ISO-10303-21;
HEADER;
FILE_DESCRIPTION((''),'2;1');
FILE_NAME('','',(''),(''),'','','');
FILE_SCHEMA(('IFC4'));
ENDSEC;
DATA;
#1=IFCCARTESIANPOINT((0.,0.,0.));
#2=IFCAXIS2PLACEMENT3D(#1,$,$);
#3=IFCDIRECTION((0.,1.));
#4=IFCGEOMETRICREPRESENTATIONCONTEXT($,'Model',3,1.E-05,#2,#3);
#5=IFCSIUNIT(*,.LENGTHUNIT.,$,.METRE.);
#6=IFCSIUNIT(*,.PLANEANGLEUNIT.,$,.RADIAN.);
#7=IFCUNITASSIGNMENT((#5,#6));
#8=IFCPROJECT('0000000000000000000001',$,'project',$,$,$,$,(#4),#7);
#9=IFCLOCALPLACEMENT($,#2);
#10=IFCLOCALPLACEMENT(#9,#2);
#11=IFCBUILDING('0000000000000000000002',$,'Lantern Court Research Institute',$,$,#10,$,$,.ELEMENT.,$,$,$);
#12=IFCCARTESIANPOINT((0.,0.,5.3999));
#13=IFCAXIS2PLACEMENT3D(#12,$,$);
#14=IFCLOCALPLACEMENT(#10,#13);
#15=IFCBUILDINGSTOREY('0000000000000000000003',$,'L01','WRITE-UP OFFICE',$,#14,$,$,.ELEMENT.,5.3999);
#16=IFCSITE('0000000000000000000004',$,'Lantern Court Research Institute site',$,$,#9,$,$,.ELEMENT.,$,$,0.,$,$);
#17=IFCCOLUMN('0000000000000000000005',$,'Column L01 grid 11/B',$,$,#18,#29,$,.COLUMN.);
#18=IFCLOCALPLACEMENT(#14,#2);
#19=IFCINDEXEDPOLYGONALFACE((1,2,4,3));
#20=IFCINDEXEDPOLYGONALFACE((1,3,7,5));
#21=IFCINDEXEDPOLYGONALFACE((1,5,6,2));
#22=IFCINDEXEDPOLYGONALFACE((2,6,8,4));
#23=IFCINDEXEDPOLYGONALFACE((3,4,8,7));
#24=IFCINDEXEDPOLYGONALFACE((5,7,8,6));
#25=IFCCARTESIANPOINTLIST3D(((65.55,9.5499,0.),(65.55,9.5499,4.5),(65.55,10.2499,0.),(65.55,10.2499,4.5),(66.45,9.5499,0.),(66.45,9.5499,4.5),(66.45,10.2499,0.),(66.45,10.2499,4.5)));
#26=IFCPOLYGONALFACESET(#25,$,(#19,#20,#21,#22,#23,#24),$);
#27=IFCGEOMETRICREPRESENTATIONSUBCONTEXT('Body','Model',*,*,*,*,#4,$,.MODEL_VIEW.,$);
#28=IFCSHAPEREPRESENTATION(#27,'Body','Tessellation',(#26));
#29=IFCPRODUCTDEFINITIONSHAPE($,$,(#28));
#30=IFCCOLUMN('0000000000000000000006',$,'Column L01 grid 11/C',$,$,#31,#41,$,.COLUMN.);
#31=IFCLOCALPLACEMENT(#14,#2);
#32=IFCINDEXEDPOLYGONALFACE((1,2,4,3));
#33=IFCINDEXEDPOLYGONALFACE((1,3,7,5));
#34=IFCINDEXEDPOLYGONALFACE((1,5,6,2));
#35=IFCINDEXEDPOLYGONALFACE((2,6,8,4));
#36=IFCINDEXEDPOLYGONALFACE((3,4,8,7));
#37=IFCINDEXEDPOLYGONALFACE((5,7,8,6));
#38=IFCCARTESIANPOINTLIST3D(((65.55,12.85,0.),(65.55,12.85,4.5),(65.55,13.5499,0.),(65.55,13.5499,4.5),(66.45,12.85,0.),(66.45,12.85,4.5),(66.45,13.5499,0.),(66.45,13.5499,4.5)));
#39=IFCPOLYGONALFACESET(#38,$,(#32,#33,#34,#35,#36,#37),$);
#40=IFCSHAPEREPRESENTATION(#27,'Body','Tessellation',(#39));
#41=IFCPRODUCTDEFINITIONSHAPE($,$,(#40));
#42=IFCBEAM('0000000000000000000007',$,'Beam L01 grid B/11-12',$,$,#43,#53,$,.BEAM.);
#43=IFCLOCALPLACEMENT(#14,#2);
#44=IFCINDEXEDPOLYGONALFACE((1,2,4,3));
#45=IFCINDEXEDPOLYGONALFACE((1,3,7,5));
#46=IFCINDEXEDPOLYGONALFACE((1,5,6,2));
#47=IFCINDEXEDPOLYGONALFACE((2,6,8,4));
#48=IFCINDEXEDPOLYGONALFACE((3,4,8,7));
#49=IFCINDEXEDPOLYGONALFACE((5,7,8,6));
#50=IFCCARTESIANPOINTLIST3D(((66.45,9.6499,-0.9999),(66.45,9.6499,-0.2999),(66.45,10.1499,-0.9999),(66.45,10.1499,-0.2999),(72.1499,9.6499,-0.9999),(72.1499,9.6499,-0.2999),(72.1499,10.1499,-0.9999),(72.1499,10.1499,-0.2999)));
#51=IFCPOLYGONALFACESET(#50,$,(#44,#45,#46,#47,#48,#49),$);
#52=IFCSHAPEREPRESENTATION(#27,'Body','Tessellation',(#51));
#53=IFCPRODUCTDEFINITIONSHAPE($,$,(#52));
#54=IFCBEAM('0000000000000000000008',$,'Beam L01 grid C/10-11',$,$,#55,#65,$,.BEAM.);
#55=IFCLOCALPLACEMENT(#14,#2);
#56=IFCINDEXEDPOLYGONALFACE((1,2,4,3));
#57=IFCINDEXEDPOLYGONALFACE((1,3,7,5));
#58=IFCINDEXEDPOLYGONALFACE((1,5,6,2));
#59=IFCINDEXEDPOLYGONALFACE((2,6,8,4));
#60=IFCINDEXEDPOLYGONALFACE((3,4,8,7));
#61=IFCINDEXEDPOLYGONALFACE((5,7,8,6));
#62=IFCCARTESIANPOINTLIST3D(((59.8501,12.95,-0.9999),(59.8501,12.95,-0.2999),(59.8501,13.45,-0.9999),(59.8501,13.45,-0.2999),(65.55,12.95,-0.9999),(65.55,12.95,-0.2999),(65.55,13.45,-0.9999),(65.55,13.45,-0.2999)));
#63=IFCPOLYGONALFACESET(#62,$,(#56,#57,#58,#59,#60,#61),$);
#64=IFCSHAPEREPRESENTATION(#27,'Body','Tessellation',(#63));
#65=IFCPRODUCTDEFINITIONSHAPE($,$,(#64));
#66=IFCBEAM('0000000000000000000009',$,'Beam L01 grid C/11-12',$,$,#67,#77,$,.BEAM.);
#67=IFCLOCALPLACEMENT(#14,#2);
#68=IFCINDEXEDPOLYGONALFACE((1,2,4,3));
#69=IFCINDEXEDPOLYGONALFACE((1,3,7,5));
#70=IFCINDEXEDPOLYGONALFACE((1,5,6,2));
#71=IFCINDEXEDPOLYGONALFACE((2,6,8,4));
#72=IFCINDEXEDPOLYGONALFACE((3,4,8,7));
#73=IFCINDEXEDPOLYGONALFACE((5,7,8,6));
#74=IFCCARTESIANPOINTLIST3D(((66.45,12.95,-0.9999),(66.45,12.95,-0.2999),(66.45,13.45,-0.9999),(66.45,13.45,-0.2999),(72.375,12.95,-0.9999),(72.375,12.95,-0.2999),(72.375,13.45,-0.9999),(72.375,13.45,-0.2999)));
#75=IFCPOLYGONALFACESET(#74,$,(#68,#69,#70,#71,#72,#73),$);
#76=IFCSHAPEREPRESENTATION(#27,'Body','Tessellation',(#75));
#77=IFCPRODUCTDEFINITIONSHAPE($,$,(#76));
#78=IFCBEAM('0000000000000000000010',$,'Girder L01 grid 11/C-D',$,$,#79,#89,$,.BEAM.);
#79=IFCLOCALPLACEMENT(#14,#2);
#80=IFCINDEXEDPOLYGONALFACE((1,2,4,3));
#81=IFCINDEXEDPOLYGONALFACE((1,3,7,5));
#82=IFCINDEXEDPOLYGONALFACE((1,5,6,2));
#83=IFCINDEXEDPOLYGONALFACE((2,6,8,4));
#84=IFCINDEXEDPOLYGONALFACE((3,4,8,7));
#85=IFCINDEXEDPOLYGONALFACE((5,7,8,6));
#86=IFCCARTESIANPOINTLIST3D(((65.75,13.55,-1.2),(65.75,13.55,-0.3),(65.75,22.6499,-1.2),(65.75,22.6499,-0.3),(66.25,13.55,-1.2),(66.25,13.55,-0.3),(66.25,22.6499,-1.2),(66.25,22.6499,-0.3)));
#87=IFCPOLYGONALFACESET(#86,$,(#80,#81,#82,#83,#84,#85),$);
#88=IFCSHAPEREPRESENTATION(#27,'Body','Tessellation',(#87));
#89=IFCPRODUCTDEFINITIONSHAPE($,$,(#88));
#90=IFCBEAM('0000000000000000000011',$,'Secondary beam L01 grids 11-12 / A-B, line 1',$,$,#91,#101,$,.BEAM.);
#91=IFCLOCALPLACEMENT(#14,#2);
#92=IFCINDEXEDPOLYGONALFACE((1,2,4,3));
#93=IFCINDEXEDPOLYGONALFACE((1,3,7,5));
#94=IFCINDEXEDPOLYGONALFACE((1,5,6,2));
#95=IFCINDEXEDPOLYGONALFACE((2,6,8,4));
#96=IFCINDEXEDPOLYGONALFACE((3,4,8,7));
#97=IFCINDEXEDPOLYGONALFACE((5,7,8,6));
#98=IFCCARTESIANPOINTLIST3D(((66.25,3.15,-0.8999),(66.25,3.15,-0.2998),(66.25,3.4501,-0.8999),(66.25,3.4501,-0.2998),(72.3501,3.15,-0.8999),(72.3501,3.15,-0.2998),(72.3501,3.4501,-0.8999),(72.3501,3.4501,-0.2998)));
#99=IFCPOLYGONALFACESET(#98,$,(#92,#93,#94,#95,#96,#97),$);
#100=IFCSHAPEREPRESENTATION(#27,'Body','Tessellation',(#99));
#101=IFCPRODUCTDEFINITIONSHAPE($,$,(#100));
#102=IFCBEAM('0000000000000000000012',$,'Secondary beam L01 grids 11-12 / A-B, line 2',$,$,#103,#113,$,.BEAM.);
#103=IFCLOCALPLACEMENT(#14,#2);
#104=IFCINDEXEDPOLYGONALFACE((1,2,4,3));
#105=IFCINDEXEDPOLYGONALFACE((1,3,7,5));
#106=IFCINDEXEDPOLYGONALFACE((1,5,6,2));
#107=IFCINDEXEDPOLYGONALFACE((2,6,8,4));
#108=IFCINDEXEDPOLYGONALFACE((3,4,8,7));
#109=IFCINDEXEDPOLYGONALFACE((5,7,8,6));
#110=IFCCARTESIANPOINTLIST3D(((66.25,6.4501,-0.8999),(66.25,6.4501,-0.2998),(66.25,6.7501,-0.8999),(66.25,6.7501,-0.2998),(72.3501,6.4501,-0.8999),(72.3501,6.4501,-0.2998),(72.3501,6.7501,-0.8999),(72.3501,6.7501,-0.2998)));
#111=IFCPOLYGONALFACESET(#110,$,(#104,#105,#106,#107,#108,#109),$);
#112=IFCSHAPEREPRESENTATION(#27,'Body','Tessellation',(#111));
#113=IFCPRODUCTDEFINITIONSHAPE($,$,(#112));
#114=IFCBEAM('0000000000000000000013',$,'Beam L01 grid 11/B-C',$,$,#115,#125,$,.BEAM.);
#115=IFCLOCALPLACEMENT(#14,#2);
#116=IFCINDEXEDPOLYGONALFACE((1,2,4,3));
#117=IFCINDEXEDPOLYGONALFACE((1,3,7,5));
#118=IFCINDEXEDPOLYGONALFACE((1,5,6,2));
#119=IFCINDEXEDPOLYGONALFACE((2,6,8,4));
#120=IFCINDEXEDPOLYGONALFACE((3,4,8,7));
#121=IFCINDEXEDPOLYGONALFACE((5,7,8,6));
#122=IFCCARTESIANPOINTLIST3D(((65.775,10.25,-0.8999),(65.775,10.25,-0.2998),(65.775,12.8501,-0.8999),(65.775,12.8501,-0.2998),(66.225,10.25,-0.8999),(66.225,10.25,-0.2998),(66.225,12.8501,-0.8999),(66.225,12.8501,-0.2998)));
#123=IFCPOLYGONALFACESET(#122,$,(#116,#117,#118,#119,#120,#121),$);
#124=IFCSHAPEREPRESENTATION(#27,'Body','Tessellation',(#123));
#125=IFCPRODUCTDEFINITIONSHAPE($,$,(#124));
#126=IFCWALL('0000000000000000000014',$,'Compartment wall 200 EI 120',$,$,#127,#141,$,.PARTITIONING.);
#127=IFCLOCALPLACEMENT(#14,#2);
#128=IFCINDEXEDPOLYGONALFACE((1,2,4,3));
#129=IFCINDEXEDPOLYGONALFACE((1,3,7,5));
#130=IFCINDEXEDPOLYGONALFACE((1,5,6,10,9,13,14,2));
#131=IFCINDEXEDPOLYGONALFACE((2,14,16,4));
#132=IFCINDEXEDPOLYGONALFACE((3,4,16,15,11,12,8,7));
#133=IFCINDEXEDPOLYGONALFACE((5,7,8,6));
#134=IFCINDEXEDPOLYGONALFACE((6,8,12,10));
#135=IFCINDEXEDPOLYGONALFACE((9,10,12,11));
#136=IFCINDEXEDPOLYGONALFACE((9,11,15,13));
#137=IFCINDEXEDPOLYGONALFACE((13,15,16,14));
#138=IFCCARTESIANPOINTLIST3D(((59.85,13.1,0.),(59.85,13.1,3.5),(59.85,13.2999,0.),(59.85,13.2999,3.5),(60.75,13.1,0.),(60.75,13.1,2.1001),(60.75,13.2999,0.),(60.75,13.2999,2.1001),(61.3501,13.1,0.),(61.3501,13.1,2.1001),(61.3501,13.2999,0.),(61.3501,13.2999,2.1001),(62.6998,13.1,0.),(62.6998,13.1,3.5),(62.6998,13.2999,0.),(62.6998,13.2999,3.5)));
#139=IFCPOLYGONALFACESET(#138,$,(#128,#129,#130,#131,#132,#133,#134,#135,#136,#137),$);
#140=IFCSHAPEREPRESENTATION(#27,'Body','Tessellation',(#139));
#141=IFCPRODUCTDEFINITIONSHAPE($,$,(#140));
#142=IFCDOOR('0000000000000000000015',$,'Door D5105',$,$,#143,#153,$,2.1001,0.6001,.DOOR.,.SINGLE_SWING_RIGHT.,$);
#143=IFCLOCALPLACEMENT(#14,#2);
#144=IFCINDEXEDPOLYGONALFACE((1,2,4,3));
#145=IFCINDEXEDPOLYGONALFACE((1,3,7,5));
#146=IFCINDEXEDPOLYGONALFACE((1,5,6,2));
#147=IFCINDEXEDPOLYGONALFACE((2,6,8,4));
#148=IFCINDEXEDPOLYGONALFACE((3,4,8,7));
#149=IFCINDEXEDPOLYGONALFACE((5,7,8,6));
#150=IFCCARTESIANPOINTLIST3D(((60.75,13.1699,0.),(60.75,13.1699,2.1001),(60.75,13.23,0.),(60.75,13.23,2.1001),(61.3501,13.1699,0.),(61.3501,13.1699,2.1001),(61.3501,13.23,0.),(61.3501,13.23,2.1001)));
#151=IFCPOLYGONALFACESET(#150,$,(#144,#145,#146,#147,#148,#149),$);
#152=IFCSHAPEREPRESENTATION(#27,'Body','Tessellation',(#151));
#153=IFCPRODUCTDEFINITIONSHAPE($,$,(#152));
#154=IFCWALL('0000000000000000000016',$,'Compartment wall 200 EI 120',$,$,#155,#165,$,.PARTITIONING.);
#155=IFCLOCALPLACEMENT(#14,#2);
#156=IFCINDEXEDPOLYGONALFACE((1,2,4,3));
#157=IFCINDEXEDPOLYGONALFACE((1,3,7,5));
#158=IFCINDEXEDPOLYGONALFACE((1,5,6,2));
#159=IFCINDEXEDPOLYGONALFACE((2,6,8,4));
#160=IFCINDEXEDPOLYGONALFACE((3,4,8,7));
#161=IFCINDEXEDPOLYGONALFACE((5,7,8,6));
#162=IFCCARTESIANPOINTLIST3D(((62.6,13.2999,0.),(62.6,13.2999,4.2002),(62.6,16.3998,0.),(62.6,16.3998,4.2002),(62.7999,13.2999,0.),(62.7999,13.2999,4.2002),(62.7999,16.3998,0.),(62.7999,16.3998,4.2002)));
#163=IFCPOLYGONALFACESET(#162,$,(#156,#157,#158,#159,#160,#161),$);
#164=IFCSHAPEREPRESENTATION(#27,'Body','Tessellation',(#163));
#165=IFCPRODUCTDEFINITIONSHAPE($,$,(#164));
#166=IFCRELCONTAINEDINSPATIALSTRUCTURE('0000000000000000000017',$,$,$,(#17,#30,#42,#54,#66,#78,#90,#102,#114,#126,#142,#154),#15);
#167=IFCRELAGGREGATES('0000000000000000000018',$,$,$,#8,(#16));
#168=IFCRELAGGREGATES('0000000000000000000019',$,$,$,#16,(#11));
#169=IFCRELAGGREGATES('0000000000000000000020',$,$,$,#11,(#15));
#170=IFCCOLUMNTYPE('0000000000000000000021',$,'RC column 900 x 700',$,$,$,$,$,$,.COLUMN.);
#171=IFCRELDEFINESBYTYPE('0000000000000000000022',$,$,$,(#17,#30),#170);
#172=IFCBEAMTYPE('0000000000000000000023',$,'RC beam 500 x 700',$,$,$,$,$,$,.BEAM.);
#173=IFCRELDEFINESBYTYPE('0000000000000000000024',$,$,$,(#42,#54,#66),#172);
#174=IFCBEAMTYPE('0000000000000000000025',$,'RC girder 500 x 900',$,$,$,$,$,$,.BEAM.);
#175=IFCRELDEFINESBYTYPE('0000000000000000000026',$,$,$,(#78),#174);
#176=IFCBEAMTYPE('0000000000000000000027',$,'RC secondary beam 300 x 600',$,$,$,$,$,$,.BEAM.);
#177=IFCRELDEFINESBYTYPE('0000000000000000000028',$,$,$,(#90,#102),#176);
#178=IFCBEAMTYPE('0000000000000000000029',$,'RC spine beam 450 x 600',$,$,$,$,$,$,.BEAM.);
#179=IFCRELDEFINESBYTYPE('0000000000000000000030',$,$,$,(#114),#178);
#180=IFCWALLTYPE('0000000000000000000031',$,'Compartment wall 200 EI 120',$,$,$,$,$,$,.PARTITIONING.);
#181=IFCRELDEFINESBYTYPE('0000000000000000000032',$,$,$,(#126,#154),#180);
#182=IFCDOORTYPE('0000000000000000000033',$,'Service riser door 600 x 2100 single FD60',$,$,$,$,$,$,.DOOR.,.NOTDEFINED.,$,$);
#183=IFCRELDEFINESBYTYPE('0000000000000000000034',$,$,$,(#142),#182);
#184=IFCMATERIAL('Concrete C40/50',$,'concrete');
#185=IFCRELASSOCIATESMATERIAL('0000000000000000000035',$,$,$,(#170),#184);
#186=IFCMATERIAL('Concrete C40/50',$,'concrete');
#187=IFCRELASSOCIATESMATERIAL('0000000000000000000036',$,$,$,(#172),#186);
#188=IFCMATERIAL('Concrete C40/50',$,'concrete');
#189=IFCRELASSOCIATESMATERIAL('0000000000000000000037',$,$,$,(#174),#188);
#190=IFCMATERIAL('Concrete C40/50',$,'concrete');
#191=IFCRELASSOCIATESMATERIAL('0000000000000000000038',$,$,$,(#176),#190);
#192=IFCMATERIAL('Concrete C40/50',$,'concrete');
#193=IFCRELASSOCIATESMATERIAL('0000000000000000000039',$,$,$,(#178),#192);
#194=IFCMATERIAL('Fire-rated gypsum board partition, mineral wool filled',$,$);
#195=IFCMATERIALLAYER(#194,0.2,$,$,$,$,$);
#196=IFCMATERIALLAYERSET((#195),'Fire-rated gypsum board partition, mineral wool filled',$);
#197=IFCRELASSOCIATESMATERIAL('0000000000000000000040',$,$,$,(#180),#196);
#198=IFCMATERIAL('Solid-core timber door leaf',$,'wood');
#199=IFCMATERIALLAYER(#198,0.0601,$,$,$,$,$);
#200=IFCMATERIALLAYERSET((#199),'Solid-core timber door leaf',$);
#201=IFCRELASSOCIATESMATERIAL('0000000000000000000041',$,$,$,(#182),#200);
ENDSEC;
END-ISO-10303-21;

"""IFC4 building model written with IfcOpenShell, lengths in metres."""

from ifc_helpers import new_model, si_unit, direction, frame, frame_2d, origin, origin_2d, place, context, subcontext, project, spatial, rectangle, extrude, material, layer, layer_set, material_profile, profile_set, type_object, element, fill, save


model = new_model("IFC4")

# Units and contexts
model_context = context("Model", 3, precision=1e-05, world=origin(), true_north=direction((0.0, 1.0)))
body_context = subcontext(model_context, "Body", "Model", "MODEL_VIEW")
ifc_project = project(units=[si_unit("LENGTHUNIT", "METRE"), si_unit("PLANEANGLEUNIT", "RADIAN")], contexts=[model_context])

# Site, building, storey
site_placement = place(None, origin())
site = spatial("IfcSite", under=ifc_project, at=site_placement, Name="Lantern Court Research Institute site", CompositionType="ELEMENT", RefElevation=0.0)
building_placement = place(site_placement, origin())
building = spatial("IfcBuilding", under=site, at=building_placement, Name="Lantern Court Research Institute", CompositionType="ELEMENT")
storey_placement = place(building_placement, frame((0.0, 0.0, 5.3999)))
storey = spatial("IfcBuildingStorey", under=building, at=storey_placement, Name="L01", Description="WRITE-UP OFFICE", CompositionType="ELEMENT", Elevation=5.3999)

# Columns
ifc_material_1 = material(Name="Concrete C40/50", Category="concrete")
ifc_material_profile_1 = material_profile(ifc_material_1, rectangle(XDim=0.8999, YDim=0.7, at=origin_2d()), Name="RC column 900 x 700")
ifc_profile_set_1 = profile_set([ifc_material_profile_1], Name="Concrete C40/50")
column_type = type_object("IfcColumnType", Name="RC column 900 x 700", PredefinedType="COLUMN", material=ifc_profile_set_1)
for number, where, z_axis, x_axis, name in (
    (1, (66.0, 9.8999, 0.0), (0.0, 0.0, 1.0), (1.0, 0.0, 0.0), "Column L01 grid 11/B"),
    (2, (66.0, 13.2, 0.0), (0.0, 0.0, 1.0), (1.0, 0.0, 0.0), "Column L01 grid 11/C"),
):
    element("IfcColumn", number, at=place(storey_placement, frame(where, z_axis=z_axis, x_axis=x_axis)), inside=storey, type_object=column_type, Name=name, PredefinedType="COLUMN", context=body_context, shape_type="SweptSolid", body=[
        extrude(rectangle(XDim=0.8999, YDim=0.7, at=origin_2d()), origin(), (0.0, 0.0, 1.0), 4.5),
    ])

# Beams
ifc_material_2 = material(Name="Concrete C40/50", Category="concrete")
ifc_material_profile_2 = material_profile(ifc_material_2, rectangle(XDim=0.5, YDim=0.7, at=origin_2d()), Name="RC beam 500 x 700")
ifc_profile_set_2 = profile_set([ifc_material_profile_2], Name="Concrete C40/50")
beam_type_1 = type_object("IfcBeamType", Name="RC beam 500 x 700", PredefinedType="BEAM", material=ifc_profile_set_2)
for number, where, z_axis, x_axis, name in (
    (3, (66.45, 9.8999, -0.6499), (1.0, 0.0, 0.0), (0.0, 1.0, 0.0), "Beam L01 grid B/11-12"),
    (4, (59.8501, 13.2, -0.6499), (1.0, 0.0, 0.0), (0.0, 1.0, 0.0), "Beam L01 grid C/10-11"),
):
    element("IfcBeam", number, at=place(storey_placement, frame(where, z_axis=z_axis, x_axis=x_axis)), inside=storey, type_object=beam_type_1, Name=name, PredefinedType="BEAM", context=body_context, shape_type="SweptSolid", body=[
        extrude(rectangle(XDim=0.5, YDim=0.7, at=origin_2d()), origin(), (0.0, 0.0, 1.0), 5.7),
    ])
beam_1_placement = place(storey_placement, frame((66.45, 13.2, -0.6499), z_axis=(1.0, 0.0, 0.0), x_axis=(0.0, 1.0, 0.0)))
element("IfcBeam", 5, at=beam_1_placement, inside=storey, type_object=beam_type_1, Name="Beam L01 grid C/11-12", PredefinedType="BEAM", context=body_context, shape_type="SweptSolid", body=[
    extrude(rectangle(XDim=0.5, YDim=0.7, at=origin_2d()), origin(), (0.0, 0.0, 1.0), 5.925),
])
ifc_material_3 = material(Name="Concrete C40/50", Category="concrete")
ifc_material_profile_3 = material_profile(ifc_material_3, rectangle(XDim=0.5, YDim=0.8999, at=origin_2d()), Name="RC beam 500 x 900")
ifc_profile_set_3 = profile_set([ifc_material_profile_3], Name="Concrete C40/50")
beam_type_2 = type_object("IfcBeamType", Name="RC girder 500 x 900", PredefinedType="BEAM", material=ifc_profile_set_3)
beam_2_placement = place(storey_placement, frame((66.0, 13.55, -0.75), z_axis=(0.0, 1.0, 0.0), x_axis=(-1.0, 0.0, 0.0)))
element("IfcBeam", 6, at=beam_2_placement, inside=storey, type_object=beam_type_2, Name="Girder L01 grid 11/C-D", PredefinedType="BEAM", context=body_context, shape_type="SweptSolid", body=[
    extrude(rectangle(XDim=0.5, YDim=0.8999, at=origin_2d()), origin(), (0.0, 0.0, 1.0), 9.0999),
])
ifc_material_4 = material(Name="Concrete C40/50", Category="concrete")
ifc_material_profile_4 = material_profile(ifc_material_4, rectangle(XDim=0.3, YDim=0.6001, at=origin_2d()), Name="RC beam 300 x 600")
ifc_profile_set_4 = profile_set([ifc_material_profile_4], Name="Concrete C40/50")
beam_type_3 = type_object("IfcBeamType", Name="RC secondary beam 300 x 600", PredefinedType="BEAM", material=ifc_profile_set_4)
for number, where, z_axis, x_axis, name in (
    (7, (66.25, 3.3, -0.5999), (1.0, 0.0, 0.0), (0.0, 1.0, 0.0), "Secondary beam L01 grids 11-12 / A-B, line 1"),
    (8, (66.25, 6.6001, -0.5999), (1.0, 0.0, 0.0), (0.0, 1.0, 0.0), "Secondary beam L01 grids 11-12 / A-B, line 2"),
):
    element("IfcBeam", number, at=place(storey_placement, frame(where, z_axis=z_axis, x_axis=x_axis)), inside=storey, type_object=beam_type_3, Name=name, PredefinedType="BEAM", context=body_context, shape_type="SweptSolid", body=[
        extrude(rectangle(XDim=0.3, YDim=0.6001, at=origin_2d()), origin(), (0.0, 0.0, 1.0), 6.1001),
    ])
ifc_material_5 = material(Name="Concrete C40/50", Category="concrete")
ifc_material_profile_5 = material_profile(ifc_material_5, rectangle(XDim=0.45, YDim=0.6001, at=origin_2d()), Name="RC beam 450 x 600")
ifc_profile_set_5 = profile_set([ifc_material_profile_5], Name="Concrete C40/50")
beam_type_4 = type_object("IfcBeamType", Name="RC spine beam 450 x 600", PredefinedType="BEAM", material=ifc_profile_set_5)
beam_3_placement = place(storey_placement, frame((66.0, 10.25, -0.5999), z_axis=(0.0, 1.0, 0.0), x_axis=(-1.0, 0.0, 0.0)))
element("IfcBeam", 9, at=beam_3_placement, inside=storey, type_object=beam_type_4, Name="Beam L01 grid 11/B-C", PredefinedType="BEAM", context=body_context, shape_type="SweptSolid", body=[
    extrude(rectangle(XDim=0.45, YDim=0.6001, at=origin_2d()), origin(), (0.0, 0.0, 1.0), 2.6001),
])

# Wall, opening, door
ifc_material_6 = material(Name="Fire-rated gypsum board partition, mineral wool filled")
ifc_layer_1 = layer(ifc_material_6, 0.2)
ifc_layer_set_1 = layer_set([ifc_layer_1], Name="Fire-rated gypsum board partition, mineral wool filled")
wall_type_1 = type_object("IfcWallType", Name="Compartment wall 200 EI 120", PredefinedType="PARTITIONING", material=ifc_layer_set_1)
wall_1_placement = place(storey_placement, frame((59.8501, 13.2, 0.0), z_axis=(0.0, 0.0, 1.0), x_axis=(1.0, 0.0, 0.0)))
wall_1 = element("IfcWall", 10, at=wall_1_placement, inside=storey, type_object=wall_type_1, Name="Compartment wall 200 EI 120", PredefinedType="PARTITIONING", context=body_context, shape_type="SweptSolid", body=[
    extrude(rectangle(XDim=2.8499, YDim=0.2, at=frame_2d((1.4248, 0.0))), origin(), (0.0, 0.0, 1.0), 3.5),
])
opening_1_placement = place(wall_1_placement, frame((0.8999, 0.0, 0.0)))
opening_1 = element("IfcOpeningElement", 11, at=opening_1_placement, cuts=wall_1, PredefinedType="OPENING", context=body_context, shape_type="SweptSolid", body=[
    extrude(rectangle(XDim=0.6001, YDim=2.1001, at=frame_2d((0.3, 1.05))), frame((0.0, 0.1099, 0.0), z_axis=(0.0, -1.0, 0.0), x_axis=(1.0, 0.0, 0.0)), (0.0, 0.0, 1.0), 0.22),
])
ifc_material_7 = material(Name="Solid-core timber door leaf", Category="wood")
ifc_layer_2 = layer(ifc_material_7, 0.0601)
ifc_layer_set_2 = layer_set([ifc_layer_2], Name="Solid-core timber door leaf")
door_type_1 = type_object("IfcDoorType", Name="Service riser door 600 x 2100 single FD60", OperationType="NOTDEFINED", PredefinedType="DOOR", material=ifc_layer_set_2)
door_1_placement = place(opening_1_placement, origin())
door_1 = element("IfcDoor", 12, at=door_1_placement, inside=storey, type_object=door_type_1, Name="Door D5105", OperationType="SINGLE_SWING_RIGHT", OverallHeight=2.1001, OverallWidth=0.6001, PredefinedType="DOOR", context=body_context, shape_type="SweptSolid", body=[
    extrude(rectangle(XDim=0.6001, YDim=2.1001, at=frame_2d((0.3, 1.05))), frame((0.0, 0.03, 0.0), z_axis=(0.0, -1.0, 0.0), x_axis=(1.0, 0.0, 0.0)), (0.0, 0.0, 1.0), 0.0601),
])
fill(opening_1, door_1)

# Wall
wall_2_placement = place(storey_placement, frame((62.7, 13.3, 0.0), z_axis=(0.0, 0.0, 1.0), x_axis=(0.0, 1.0, 0.0)))
element("IfcWall", 13, at=wall_2_placement, inside=storey, type_object=wall_type_1, Name="Compartment wall 200 EI 120", PredefinedType="PARTITIONING", context=body_context, shape_type="SweptSolid", body=[
    extrude(rectangle(XDim=3.0999, YDim=0.2, at=frame_2d((1.5498, 0.0))), origin(), (0.0, 0.0, 1.0), 4.2002),
])

save(model, "model.ifc")
